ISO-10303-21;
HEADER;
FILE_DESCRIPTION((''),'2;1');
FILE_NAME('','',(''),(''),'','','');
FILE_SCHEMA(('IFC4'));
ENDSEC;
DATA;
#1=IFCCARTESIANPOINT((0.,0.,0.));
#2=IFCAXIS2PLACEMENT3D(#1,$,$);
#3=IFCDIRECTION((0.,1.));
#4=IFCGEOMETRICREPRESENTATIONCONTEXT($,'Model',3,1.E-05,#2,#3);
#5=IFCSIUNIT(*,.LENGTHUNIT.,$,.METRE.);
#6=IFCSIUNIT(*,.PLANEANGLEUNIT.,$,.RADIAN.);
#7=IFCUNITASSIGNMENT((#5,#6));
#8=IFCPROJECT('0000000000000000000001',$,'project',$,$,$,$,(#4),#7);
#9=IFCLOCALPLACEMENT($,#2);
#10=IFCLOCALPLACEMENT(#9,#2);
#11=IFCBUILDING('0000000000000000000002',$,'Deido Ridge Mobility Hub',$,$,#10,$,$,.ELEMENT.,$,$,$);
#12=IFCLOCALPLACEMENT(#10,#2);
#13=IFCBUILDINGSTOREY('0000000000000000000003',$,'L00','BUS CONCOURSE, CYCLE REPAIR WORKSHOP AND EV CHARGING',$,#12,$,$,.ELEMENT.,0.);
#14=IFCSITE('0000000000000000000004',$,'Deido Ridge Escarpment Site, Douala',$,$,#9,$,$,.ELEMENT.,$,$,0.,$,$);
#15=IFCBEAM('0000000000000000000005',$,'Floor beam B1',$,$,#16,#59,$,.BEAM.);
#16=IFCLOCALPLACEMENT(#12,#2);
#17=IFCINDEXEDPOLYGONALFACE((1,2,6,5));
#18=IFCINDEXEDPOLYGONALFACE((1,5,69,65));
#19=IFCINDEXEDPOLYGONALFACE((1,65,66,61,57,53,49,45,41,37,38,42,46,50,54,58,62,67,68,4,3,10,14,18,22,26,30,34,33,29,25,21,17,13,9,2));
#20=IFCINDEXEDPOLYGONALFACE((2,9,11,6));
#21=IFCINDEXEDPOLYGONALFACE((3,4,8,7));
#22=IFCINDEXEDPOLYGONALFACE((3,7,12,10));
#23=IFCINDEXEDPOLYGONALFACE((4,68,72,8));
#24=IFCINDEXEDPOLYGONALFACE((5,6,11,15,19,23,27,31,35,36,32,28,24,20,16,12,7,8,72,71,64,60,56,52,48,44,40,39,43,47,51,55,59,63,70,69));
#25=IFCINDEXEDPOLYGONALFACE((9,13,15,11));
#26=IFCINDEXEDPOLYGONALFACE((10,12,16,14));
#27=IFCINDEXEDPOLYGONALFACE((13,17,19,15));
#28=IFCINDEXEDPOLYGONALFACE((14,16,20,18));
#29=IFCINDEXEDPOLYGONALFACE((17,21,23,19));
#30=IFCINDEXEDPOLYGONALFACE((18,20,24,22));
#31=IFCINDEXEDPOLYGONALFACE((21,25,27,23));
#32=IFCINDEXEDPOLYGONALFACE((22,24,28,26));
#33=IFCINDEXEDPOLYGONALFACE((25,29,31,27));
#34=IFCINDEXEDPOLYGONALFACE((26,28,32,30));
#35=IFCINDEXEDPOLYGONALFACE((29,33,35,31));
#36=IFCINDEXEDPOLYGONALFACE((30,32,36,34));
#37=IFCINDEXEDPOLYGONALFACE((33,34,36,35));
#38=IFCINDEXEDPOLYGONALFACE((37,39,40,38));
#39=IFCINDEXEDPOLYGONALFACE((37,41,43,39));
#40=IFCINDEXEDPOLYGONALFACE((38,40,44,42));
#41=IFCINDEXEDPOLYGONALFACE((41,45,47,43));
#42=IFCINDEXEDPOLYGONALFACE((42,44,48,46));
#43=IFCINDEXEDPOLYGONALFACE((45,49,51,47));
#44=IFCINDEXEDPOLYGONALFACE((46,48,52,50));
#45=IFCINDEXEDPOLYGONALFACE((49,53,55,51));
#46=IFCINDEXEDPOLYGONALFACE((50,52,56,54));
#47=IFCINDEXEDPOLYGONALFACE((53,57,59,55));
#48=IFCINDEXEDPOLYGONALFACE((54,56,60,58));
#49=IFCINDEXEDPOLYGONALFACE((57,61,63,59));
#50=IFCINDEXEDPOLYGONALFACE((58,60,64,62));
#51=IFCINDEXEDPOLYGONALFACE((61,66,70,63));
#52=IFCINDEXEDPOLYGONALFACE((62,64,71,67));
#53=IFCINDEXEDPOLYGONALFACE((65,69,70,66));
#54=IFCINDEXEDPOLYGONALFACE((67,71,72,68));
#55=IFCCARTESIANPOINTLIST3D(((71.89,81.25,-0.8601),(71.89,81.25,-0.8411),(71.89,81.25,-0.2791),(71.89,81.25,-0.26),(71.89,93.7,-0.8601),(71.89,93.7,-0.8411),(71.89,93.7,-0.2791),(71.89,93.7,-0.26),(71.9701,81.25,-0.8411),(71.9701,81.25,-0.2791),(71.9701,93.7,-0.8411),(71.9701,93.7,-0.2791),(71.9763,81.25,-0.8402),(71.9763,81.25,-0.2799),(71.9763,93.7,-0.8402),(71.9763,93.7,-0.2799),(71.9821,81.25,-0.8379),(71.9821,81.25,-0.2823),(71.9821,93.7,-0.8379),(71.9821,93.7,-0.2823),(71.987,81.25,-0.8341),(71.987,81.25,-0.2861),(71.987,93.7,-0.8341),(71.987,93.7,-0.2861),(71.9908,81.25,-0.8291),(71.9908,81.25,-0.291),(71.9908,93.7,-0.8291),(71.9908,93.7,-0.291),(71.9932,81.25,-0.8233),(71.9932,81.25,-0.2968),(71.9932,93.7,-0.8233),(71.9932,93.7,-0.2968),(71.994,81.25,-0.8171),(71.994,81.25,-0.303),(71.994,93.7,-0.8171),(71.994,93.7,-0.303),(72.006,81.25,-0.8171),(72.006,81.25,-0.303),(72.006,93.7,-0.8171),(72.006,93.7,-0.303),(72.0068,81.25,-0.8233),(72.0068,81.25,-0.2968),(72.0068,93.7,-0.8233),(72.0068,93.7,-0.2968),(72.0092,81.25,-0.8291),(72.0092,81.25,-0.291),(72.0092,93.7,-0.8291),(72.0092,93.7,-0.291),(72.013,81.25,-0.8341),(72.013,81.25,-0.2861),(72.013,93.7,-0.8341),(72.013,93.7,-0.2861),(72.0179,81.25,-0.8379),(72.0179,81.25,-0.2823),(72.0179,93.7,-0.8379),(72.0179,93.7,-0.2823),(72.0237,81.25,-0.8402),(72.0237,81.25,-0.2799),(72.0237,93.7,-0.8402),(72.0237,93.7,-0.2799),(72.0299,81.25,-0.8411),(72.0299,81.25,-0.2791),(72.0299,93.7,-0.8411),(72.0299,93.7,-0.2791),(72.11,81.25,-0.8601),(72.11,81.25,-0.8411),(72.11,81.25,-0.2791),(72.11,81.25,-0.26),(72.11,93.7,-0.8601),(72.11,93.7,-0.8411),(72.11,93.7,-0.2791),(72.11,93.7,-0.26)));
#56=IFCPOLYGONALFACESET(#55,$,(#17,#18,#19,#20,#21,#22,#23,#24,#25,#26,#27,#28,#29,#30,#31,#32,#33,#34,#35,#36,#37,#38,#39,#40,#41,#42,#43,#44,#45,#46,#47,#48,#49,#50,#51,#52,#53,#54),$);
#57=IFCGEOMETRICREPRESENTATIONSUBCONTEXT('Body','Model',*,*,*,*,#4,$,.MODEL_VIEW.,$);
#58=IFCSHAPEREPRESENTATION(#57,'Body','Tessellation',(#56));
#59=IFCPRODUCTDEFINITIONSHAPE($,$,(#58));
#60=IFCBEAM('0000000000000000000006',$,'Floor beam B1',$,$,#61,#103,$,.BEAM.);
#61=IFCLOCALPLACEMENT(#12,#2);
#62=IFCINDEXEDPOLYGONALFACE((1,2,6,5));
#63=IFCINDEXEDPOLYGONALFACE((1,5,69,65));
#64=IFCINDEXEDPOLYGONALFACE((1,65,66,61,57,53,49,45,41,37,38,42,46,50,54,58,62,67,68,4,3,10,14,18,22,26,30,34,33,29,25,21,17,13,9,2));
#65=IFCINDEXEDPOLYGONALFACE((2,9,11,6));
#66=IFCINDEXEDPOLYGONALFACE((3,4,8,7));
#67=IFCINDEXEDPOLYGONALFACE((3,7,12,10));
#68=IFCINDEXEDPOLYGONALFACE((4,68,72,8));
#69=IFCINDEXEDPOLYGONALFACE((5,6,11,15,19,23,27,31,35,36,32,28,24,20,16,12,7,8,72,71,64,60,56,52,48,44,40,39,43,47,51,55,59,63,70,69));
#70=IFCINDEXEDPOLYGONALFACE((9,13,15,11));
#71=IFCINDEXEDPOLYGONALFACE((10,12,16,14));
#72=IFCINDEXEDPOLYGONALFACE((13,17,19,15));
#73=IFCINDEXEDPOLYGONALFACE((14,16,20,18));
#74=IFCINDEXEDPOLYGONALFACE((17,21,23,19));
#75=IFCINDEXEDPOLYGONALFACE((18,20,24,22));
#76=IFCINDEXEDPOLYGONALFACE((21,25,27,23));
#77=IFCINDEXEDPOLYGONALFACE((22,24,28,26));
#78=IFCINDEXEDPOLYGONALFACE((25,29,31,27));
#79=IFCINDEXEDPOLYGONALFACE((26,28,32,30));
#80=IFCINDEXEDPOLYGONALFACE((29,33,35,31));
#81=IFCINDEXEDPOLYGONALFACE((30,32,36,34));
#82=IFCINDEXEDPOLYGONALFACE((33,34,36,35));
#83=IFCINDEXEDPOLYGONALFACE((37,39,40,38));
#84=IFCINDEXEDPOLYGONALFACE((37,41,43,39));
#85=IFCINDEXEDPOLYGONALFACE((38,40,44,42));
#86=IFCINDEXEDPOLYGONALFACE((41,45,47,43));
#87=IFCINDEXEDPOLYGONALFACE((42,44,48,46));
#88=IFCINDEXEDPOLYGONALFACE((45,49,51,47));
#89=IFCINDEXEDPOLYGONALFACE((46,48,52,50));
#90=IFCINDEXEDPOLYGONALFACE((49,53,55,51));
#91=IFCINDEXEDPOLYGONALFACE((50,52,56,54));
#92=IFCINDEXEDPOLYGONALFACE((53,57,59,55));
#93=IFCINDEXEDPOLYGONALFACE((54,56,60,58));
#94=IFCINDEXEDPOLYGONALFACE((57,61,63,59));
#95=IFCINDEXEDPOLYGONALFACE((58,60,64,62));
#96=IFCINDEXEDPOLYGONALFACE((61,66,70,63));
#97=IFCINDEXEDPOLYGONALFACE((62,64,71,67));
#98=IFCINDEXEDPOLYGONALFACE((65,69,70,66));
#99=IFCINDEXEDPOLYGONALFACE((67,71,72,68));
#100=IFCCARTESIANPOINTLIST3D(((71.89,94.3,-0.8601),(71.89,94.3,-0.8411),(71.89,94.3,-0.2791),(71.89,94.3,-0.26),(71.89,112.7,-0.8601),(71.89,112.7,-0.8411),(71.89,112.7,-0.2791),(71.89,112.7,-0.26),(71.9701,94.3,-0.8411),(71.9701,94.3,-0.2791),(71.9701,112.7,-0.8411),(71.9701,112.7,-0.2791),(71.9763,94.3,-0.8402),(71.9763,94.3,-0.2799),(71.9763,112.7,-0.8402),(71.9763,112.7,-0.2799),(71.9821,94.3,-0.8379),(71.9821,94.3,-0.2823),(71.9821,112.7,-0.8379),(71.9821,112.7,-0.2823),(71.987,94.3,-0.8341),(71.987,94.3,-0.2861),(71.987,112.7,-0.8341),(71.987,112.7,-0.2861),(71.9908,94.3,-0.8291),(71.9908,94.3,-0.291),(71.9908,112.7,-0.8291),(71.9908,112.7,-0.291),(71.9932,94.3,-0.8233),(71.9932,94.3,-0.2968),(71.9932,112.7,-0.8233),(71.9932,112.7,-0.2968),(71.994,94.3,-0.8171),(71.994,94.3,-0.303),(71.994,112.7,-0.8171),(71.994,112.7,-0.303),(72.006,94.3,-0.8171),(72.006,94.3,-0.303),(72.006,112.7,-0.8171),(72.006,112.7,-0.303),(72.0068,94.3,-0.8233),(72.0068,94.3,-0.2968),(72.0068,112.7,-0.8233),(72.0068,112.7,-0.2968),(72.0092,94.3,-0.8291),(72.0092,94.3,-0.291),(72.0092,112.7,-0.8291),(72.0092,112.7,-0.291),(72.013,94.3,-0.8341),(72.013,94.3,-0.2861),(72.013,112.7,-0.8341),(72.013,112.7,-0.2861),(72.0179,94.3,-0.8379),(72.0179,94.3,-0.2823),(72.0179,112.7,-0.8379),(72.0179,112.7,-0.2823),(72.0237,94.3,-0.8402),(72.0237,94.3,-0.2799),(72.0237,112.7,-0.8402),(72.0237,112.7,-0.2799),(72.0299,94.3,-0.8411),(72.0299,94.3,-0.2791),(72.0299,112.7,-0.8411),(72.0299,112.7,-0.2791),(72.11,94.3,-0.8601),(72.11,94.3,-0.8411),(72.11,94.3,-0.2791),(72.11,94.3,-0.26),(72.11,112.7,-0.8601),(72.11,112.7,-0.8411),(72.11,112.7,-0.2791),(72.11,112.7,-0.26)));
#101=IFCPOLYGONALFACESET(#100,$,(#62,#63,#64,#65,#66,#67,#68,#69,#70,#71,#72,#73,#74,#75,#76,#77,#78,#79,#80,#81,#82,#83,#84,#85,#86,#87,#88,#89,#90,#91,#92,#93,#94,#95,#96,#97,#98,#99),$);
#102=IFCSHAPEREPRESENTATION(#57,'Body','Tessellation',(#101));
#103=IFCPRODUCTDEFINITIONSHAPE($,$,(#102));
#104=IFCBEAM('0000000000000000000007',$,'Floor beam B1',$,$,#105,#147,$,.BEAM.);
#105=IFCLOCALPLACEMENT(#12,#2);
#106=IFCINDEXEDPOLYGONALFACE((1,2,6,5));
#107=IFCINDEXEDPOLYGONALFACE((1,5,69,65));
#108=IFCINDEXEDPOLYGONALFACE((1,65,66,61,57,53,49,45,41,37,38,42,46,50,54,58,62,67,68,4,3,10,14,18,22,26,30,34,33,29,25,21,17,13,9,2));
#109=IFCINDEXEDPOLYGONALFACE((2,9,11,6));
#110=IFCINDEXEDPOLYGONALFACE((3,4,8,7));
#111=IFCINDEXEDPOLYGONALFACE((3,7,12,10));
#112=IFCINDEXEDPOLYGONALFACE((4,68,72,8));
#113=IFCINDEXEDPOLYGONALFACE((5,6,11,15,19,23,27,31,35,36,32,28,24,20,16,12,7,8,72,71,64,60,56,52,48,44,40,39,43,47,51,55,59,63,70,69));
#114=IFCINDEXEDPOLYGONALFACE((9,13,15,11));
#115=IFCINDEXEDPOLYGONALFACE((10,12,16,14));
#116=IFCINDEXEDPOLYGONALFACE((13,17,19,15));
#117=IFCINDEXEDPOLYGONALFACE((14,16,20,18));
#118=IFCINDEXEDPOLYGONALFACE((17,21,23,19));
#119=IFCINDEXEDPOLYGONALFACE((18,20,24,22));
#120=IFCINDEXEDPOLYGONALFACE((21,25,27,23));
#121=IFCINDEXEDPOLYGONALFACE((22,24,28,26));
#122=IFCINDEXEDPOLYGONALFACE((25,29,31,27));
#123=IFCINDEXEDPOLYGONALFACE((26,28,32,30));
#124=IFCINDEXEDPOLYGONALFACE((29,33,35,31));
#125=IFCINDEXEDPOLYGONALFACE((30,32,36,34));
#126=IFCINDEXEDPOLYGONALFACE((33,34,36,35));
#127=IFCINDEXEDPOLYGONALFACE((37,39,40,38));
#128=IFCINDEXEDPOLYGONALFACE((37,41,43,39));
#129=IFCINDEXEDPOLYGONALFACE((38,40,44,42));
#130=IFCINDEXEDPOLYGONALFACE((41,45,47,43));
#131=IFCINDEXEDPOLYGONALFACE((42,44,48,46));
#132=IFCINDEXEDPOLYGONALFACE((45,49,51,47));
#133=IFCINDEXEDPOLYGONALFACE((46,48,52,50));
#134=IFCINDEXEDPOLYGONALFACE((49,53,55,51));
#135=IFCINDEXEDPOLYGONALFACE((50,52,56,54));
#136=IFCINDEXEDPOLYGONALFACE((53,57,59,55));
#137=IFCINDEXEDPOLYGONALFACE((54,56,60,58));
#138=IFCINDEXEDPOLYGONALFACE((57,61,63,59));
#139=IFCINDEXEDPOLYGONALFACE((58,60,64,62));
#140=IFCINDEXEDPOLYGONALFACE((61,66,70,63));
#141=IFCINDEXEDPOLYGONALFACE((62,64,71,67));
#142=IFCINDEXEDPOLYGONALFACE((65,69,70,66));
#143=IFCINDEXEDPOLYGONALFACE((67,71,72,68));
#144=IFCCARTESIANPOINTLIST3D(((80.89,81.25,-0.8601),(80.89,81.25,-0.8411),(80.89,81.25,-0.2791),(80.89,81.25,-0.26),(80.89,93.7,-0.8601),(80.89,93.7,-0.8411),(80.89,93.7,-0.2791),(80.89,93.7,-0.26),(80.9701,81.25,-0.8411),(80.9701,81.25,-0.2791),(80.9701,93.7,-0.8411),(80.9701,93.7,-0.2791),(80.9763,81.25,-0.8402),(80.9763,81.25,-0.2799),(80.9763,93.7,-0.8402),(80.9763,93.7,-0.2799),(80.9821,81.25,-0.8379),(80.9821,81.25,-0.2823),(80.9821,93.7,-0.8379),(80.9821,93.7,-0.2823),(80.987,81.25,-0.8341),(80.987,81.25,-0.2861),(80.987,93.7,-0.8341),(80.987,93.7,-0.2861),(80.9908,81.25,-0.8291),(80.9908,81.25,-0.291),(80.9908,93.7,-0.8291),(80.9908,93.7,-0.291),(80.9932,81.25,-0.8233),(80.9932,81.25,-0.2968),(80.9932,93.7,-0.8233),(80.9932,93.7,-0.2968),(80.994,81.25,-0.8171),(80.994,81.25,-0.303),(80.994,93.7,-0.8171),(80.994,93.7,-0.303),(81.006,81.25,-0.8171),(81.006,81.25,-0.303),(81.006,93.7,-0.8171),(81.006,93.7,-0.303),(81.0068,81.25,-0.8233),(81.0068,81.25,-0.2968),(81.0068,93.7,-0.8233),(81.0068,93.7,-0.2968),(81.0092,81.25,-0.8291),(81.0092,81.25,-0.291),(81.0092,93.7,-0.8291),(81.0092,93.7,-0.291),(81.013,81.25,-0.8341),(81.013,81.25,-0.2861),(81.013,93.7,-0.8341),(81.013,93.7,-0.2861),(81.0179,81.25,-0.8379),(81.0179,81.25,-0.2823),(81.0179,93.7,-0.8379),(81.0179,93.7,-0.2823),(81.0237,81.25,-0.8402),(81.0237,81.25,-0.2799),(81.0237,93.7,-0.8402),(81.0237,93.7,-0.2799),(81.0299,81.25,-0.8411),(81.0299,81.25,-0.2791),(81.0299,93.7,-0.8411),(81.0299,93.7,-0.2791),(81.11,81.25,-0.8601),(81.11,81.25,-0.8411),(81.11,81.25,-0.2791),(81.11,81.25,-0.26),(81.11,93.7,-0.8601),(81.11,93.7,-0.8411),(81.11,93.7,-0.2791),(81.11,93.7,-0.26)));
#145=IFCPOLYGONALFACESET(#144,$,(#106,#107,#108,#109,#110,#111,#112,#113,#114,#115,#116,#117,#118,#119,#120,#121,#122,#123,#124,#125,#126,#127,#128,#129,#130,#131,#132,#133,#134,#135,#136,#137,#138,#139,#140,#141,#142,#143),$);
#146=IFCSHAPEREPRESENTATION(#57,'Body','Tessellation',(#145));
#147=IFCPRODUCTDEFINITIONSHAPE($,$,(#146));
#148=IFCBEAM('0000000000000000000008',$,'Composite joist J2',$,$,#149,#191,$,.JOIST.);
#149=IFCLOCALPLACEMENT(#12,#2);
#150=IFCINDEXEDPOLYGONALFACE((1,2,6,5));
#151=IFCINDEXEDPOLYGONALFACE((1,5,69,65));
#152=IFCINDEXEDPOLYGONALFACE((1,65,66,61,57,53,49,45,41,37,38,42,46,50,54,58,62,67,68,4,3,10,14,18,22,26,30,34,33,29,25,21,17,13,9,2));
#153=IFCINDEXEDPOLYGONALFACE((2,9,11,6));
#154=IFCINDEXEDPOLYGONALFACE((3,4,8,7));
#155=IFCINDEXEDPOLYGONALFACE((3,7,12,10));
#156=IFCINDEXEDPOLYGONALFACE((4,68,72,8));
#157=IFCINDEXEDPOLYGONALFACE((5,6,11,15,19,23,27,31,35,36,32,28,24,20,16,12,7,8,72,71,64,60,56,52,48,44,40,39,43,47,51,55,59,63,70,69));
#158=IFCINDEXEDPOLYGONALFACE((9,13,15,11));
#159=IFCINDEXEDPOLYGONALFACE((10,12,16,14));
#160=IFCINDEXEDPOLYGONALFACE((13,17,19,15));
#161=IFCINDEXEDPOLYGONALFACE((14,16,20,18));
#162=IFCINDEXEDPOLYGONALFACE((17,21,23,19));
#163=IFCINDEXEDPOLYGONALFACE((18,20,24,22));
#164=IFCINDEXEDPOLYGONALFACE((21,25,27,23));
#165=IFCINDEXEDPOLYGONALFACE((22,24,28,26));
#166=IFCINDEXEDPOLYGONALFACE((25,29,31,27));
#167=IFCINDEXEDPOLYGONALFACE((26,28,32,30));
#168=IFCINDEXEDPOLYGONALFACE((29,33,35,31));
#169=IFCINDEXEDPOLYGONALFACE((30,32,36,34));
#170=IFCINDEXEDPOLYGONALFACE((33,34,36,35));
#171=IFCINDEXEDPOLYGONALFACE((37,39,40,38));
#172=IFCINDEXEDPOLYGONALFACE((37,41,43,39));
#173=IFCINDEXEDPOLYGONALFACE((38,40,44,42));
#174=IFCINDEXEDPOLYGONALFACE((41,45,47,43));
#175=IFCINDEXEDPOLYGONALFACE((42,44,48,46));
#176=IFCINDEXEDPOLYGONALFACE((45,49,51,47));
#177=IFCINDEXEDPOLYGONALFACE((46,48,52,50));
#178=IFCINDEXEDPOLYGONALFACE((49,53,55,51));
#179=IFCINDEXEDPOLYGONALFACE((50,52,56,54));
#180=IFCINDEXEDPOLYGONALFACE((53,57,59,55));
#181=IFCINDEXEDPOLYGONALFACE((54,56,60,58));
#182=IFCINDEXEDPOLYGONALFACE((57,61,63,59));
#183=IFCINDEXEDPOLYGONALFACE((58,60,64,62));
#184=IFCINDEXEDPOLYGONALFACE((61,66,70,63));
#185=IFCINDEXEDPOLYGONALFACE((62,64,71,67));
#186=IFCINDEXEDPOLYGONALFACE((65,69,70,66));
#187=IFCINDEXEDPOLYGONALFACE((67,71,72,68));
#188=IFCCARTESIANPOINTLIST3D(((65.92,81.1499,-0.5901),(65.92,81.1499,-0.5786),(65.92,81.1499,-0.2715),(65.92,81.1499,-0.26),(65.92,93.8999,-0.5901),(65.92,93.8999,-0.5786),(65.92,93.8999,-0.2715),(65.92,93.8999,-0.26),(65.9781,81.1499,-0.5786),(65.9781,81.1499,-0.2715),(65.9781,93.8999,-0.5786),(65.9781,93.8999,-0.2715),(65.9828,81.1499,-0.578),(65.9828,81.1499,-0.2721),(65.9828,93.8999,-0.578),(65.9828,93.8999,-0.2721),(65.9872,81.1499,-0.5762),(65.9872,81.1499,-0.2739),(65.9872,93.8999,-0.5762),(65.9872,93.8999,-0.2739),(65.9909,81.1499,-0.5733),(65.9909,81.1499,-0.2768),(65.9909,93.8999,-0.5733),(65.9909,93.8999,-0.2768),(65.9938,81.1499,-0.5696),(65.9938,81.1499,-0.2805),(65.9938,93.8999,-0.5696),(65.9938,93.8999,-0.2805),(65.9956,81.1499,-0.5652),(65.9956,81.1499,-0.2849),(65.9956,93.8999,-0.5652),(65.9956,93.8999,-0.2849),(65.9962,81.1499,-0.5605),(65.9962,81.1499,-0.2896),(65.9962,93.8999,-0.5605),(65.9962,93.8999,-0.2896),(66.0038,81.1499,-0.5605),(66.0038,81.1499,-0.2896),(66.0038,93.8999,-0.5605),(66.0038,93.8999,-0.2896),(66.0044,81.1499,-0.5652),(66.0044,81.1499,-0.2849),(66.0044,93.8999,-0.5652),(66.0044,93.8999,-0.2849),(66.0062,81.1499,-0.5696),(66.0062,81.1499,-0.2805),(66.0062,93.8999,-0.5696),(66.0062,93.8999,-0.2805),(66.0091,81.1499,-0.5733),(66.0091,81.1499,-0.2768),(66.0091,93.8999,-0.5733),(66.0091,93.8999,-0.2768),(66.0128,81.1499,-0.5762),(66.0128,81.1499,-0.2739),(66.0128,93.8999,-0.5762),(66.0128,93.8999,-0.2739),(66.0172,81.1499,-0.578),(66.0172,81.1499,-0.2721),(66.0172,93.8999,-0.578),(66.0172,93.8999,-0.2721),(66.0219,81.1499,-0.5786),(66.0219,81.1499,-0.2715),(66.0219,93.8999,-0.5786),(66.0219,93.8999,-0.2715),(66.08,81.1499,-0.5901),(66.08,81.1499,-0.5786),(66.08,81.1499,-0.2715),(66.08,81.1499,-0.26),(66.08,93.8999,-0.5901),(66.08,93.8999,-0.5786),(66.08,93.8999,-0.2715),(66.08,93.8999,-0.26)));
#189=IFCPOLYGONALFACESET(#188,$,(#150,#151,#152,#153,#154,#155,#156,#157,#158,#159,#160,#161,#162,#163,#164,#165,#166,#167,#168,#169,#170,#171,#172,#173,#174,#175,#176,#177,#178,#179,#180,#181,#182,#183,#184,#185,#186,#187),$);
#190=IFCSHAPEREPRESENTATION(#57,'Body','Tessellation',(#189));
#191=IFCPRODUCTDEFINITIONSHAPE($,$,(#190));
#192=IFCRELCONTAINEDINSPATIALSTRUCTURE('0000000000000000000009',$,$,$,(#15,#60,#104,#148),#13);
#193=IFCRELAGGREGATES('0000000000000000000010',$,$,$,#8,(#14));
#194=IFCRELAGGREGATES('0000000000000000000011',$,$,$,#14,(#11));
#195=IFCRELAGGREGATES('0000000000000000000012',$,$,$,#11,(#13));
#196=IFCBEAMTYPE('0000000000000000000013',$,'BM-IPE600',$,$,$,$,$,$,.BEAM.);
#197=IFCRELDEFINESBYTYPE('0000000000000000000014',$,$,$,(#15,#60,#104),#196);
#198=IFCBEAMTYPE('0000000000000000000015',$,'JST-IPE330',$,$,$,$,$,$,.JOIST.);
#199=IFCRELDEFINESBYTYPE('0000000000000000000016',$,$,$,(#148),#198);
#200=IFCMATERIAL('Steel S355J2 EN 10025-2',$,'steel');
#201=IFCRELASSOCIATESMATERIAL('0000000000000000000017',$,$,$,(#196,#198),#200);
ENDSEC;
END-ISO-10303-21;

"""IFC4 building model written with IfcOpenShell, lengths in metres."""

from ifc_helpers import new_model, si_unit, direction, frame, origin, origin_2d, place, context, subcontext, project, spatial, i_section, extrude, material, material_profile, profile_set, type_object, element, save


model = new_model("IFC4")

# Units and contexts
model_context = context("Model", 3, precision=1e-05, world=origin(), true_north=direction((0.0, 1.0)))
body_context = subcontext(model_context, "Body", "Model", "MODEL_VIEW")
ifc_project = project(units=[si_unit("LENGTHUNIT", "METRE"), si_unit("PLANEANGLEUNIT", "RADIAN")], contexts=[model_context])

# Site, building, storey
site_placement = place(None, origin())
site = spatial("IfcSite", under=ifc_project, at=site_placement, Name="Deido Ridge Escarpment Site, Douala", CompositionType="ELEMENT", RefElevation=0.0)
building_placement = place(site_placement, origin())
building = spatial("IfcBuilding", under=site, at=building_placement, Name="Deido Ridge Mobility Hub", CompositionType="ELEMENT")
storey_placement = place(building_placement, origin())
storey = spatial("IfcBuildingStorey", under=building, at=storey_placement, Name="L00", Description="BUS CONCOURSE, CYCLE REPAIR WORKSHOP AND EV CHARGING", CompositionType="ELEMENT", Elevation=0.0)

# Shared definitions
ifc_material_1 = material(Name="Steel S355J2 EN 10025-2", Category="steel")

# Beams
ifc_material_profile_1 = material_profile(ifc_material_1, i_section(OverallWidth=0.22, OverallDepth=0.6001, WebThickness=0.012, FlangeThickness=0.019, FilletRadius=0.0239, at=origin_2d()), Name="IPE 600")
ifc_profile_set_1 = profile_set([ifc_material_profile_1], Name="Steel S355J2 EN 10025-2")
beam_type_1 = type_object("IfcBeamType", Name="BM-IPE600", PredefinedType="BEAM", material=ifc_profile_set_1)
beam_1_placement = place(storey_placement, frame((72.0, 81.25, -0.5601), z_axis=(0.0, 1.0, 0.0), x_axis=(-1.0, 0.0, 0.0)))
element("IfcBeam", 1, at=beam_1_placement, inside=storey, type_object=beam_type_1, Name="Floor beam B1", PredefinedType="BEAM", context=body_context, shape_type="SweptSolid", body=[
    extrude(i_section(OverallWidth=0.22, OverallDepth=0.6001, WebThickness=0.012, FlangeThickness=0.019, FilletRadius=0.0239, at=origin_2d()), origin(), (0.0, 0.0, 1.0), 12.45),
])
beam_2_placement = place(storey_placement, frame((72.0, 94.3, -0.5601), z_axis=(0.0, 1.0, 0.0), x_axis=(-1.0, 0.0, 0.0)))
element("IfcBeam", 2, at=beam_2_placement, inside=storey, type_object=beam_type_1, Name="Floor beam B1", PredefinedType="BEAM", context=body_context, shape_type="SweptSolid", body=[
    extrude(i_section(OverallWidth=0.22, OverallDepth=0.6001, WebThickness=0.012, FlangeThickness=0.019, FilletRadius=0.0239, at=origin_2d()), origin(), (0.0, 0.0, 1.0), 18.3999),
])
beam_3_placement = place(storey_placement, frame((81.0, 81.25, -0.5601), z_axis=(0.0, 1.0, 0.0), x_axis=(-1.0, 0.0, 0.0)))
element("IfcBeam", 3, at=beam_3_placement, inside=storey, type_object=beam_type_1, Name="Floor beam B1", PredefinedType="BEAM", context=body_context, shape_type="SweptSolid", body=[
    extrude(i_section(OverallWidth=0.22, OverallDepth=0.6001, WebThickness=0.012, FlangeThickness=0.019, FilletRadius=0.0239, at=origin_2d()), origin(), (0.0, 0.0, 1.0), 12.45),
])
ifc_material_profile_2 = material_profile(ifc_material_1, i_section(OverallWidth=0.1599, OverallDepth=0.3301, WebThickness=0.0076, FlangeThickness=0.0115, FilletRadius=0.0181, at=origin_2d()), Name="IPE 330")
ifc_profile_set_2 = profile_set([ifc_material_profile_2], Name="Steel S355J2 EN 10025-2")
beam_type_2 = type_object("IfcBeamType", Name="JST-IPE330", PredefinedType="JOIST", material=ifc_profile_set_2)
beam_4_placement = place(storey_placement, frame((66.0, 81.1499, -0.425), z_axis=(0.0, 1.0, 0.0), x_axis=(-1.0, 0.0, 0.0)))
element("IfcBeam", 4, at=beam_4_placement, inside=storey, type_object=beam_type_2, Name="Composite joist J2", PredefinedType="JOIST", context=body_context, shape_type="SweptSolid", body=[
    extrude(i_section(OverallWidth=0.1599, OverallDepth=0.3301, WebThickness=0.0076, FlangeThickness=0.0115, FilletRadius=0.0181, at=origin_2d()), origin(), (0.0, 0.0, 1.0), 12.75),
])

save(model, "model.ifc")
